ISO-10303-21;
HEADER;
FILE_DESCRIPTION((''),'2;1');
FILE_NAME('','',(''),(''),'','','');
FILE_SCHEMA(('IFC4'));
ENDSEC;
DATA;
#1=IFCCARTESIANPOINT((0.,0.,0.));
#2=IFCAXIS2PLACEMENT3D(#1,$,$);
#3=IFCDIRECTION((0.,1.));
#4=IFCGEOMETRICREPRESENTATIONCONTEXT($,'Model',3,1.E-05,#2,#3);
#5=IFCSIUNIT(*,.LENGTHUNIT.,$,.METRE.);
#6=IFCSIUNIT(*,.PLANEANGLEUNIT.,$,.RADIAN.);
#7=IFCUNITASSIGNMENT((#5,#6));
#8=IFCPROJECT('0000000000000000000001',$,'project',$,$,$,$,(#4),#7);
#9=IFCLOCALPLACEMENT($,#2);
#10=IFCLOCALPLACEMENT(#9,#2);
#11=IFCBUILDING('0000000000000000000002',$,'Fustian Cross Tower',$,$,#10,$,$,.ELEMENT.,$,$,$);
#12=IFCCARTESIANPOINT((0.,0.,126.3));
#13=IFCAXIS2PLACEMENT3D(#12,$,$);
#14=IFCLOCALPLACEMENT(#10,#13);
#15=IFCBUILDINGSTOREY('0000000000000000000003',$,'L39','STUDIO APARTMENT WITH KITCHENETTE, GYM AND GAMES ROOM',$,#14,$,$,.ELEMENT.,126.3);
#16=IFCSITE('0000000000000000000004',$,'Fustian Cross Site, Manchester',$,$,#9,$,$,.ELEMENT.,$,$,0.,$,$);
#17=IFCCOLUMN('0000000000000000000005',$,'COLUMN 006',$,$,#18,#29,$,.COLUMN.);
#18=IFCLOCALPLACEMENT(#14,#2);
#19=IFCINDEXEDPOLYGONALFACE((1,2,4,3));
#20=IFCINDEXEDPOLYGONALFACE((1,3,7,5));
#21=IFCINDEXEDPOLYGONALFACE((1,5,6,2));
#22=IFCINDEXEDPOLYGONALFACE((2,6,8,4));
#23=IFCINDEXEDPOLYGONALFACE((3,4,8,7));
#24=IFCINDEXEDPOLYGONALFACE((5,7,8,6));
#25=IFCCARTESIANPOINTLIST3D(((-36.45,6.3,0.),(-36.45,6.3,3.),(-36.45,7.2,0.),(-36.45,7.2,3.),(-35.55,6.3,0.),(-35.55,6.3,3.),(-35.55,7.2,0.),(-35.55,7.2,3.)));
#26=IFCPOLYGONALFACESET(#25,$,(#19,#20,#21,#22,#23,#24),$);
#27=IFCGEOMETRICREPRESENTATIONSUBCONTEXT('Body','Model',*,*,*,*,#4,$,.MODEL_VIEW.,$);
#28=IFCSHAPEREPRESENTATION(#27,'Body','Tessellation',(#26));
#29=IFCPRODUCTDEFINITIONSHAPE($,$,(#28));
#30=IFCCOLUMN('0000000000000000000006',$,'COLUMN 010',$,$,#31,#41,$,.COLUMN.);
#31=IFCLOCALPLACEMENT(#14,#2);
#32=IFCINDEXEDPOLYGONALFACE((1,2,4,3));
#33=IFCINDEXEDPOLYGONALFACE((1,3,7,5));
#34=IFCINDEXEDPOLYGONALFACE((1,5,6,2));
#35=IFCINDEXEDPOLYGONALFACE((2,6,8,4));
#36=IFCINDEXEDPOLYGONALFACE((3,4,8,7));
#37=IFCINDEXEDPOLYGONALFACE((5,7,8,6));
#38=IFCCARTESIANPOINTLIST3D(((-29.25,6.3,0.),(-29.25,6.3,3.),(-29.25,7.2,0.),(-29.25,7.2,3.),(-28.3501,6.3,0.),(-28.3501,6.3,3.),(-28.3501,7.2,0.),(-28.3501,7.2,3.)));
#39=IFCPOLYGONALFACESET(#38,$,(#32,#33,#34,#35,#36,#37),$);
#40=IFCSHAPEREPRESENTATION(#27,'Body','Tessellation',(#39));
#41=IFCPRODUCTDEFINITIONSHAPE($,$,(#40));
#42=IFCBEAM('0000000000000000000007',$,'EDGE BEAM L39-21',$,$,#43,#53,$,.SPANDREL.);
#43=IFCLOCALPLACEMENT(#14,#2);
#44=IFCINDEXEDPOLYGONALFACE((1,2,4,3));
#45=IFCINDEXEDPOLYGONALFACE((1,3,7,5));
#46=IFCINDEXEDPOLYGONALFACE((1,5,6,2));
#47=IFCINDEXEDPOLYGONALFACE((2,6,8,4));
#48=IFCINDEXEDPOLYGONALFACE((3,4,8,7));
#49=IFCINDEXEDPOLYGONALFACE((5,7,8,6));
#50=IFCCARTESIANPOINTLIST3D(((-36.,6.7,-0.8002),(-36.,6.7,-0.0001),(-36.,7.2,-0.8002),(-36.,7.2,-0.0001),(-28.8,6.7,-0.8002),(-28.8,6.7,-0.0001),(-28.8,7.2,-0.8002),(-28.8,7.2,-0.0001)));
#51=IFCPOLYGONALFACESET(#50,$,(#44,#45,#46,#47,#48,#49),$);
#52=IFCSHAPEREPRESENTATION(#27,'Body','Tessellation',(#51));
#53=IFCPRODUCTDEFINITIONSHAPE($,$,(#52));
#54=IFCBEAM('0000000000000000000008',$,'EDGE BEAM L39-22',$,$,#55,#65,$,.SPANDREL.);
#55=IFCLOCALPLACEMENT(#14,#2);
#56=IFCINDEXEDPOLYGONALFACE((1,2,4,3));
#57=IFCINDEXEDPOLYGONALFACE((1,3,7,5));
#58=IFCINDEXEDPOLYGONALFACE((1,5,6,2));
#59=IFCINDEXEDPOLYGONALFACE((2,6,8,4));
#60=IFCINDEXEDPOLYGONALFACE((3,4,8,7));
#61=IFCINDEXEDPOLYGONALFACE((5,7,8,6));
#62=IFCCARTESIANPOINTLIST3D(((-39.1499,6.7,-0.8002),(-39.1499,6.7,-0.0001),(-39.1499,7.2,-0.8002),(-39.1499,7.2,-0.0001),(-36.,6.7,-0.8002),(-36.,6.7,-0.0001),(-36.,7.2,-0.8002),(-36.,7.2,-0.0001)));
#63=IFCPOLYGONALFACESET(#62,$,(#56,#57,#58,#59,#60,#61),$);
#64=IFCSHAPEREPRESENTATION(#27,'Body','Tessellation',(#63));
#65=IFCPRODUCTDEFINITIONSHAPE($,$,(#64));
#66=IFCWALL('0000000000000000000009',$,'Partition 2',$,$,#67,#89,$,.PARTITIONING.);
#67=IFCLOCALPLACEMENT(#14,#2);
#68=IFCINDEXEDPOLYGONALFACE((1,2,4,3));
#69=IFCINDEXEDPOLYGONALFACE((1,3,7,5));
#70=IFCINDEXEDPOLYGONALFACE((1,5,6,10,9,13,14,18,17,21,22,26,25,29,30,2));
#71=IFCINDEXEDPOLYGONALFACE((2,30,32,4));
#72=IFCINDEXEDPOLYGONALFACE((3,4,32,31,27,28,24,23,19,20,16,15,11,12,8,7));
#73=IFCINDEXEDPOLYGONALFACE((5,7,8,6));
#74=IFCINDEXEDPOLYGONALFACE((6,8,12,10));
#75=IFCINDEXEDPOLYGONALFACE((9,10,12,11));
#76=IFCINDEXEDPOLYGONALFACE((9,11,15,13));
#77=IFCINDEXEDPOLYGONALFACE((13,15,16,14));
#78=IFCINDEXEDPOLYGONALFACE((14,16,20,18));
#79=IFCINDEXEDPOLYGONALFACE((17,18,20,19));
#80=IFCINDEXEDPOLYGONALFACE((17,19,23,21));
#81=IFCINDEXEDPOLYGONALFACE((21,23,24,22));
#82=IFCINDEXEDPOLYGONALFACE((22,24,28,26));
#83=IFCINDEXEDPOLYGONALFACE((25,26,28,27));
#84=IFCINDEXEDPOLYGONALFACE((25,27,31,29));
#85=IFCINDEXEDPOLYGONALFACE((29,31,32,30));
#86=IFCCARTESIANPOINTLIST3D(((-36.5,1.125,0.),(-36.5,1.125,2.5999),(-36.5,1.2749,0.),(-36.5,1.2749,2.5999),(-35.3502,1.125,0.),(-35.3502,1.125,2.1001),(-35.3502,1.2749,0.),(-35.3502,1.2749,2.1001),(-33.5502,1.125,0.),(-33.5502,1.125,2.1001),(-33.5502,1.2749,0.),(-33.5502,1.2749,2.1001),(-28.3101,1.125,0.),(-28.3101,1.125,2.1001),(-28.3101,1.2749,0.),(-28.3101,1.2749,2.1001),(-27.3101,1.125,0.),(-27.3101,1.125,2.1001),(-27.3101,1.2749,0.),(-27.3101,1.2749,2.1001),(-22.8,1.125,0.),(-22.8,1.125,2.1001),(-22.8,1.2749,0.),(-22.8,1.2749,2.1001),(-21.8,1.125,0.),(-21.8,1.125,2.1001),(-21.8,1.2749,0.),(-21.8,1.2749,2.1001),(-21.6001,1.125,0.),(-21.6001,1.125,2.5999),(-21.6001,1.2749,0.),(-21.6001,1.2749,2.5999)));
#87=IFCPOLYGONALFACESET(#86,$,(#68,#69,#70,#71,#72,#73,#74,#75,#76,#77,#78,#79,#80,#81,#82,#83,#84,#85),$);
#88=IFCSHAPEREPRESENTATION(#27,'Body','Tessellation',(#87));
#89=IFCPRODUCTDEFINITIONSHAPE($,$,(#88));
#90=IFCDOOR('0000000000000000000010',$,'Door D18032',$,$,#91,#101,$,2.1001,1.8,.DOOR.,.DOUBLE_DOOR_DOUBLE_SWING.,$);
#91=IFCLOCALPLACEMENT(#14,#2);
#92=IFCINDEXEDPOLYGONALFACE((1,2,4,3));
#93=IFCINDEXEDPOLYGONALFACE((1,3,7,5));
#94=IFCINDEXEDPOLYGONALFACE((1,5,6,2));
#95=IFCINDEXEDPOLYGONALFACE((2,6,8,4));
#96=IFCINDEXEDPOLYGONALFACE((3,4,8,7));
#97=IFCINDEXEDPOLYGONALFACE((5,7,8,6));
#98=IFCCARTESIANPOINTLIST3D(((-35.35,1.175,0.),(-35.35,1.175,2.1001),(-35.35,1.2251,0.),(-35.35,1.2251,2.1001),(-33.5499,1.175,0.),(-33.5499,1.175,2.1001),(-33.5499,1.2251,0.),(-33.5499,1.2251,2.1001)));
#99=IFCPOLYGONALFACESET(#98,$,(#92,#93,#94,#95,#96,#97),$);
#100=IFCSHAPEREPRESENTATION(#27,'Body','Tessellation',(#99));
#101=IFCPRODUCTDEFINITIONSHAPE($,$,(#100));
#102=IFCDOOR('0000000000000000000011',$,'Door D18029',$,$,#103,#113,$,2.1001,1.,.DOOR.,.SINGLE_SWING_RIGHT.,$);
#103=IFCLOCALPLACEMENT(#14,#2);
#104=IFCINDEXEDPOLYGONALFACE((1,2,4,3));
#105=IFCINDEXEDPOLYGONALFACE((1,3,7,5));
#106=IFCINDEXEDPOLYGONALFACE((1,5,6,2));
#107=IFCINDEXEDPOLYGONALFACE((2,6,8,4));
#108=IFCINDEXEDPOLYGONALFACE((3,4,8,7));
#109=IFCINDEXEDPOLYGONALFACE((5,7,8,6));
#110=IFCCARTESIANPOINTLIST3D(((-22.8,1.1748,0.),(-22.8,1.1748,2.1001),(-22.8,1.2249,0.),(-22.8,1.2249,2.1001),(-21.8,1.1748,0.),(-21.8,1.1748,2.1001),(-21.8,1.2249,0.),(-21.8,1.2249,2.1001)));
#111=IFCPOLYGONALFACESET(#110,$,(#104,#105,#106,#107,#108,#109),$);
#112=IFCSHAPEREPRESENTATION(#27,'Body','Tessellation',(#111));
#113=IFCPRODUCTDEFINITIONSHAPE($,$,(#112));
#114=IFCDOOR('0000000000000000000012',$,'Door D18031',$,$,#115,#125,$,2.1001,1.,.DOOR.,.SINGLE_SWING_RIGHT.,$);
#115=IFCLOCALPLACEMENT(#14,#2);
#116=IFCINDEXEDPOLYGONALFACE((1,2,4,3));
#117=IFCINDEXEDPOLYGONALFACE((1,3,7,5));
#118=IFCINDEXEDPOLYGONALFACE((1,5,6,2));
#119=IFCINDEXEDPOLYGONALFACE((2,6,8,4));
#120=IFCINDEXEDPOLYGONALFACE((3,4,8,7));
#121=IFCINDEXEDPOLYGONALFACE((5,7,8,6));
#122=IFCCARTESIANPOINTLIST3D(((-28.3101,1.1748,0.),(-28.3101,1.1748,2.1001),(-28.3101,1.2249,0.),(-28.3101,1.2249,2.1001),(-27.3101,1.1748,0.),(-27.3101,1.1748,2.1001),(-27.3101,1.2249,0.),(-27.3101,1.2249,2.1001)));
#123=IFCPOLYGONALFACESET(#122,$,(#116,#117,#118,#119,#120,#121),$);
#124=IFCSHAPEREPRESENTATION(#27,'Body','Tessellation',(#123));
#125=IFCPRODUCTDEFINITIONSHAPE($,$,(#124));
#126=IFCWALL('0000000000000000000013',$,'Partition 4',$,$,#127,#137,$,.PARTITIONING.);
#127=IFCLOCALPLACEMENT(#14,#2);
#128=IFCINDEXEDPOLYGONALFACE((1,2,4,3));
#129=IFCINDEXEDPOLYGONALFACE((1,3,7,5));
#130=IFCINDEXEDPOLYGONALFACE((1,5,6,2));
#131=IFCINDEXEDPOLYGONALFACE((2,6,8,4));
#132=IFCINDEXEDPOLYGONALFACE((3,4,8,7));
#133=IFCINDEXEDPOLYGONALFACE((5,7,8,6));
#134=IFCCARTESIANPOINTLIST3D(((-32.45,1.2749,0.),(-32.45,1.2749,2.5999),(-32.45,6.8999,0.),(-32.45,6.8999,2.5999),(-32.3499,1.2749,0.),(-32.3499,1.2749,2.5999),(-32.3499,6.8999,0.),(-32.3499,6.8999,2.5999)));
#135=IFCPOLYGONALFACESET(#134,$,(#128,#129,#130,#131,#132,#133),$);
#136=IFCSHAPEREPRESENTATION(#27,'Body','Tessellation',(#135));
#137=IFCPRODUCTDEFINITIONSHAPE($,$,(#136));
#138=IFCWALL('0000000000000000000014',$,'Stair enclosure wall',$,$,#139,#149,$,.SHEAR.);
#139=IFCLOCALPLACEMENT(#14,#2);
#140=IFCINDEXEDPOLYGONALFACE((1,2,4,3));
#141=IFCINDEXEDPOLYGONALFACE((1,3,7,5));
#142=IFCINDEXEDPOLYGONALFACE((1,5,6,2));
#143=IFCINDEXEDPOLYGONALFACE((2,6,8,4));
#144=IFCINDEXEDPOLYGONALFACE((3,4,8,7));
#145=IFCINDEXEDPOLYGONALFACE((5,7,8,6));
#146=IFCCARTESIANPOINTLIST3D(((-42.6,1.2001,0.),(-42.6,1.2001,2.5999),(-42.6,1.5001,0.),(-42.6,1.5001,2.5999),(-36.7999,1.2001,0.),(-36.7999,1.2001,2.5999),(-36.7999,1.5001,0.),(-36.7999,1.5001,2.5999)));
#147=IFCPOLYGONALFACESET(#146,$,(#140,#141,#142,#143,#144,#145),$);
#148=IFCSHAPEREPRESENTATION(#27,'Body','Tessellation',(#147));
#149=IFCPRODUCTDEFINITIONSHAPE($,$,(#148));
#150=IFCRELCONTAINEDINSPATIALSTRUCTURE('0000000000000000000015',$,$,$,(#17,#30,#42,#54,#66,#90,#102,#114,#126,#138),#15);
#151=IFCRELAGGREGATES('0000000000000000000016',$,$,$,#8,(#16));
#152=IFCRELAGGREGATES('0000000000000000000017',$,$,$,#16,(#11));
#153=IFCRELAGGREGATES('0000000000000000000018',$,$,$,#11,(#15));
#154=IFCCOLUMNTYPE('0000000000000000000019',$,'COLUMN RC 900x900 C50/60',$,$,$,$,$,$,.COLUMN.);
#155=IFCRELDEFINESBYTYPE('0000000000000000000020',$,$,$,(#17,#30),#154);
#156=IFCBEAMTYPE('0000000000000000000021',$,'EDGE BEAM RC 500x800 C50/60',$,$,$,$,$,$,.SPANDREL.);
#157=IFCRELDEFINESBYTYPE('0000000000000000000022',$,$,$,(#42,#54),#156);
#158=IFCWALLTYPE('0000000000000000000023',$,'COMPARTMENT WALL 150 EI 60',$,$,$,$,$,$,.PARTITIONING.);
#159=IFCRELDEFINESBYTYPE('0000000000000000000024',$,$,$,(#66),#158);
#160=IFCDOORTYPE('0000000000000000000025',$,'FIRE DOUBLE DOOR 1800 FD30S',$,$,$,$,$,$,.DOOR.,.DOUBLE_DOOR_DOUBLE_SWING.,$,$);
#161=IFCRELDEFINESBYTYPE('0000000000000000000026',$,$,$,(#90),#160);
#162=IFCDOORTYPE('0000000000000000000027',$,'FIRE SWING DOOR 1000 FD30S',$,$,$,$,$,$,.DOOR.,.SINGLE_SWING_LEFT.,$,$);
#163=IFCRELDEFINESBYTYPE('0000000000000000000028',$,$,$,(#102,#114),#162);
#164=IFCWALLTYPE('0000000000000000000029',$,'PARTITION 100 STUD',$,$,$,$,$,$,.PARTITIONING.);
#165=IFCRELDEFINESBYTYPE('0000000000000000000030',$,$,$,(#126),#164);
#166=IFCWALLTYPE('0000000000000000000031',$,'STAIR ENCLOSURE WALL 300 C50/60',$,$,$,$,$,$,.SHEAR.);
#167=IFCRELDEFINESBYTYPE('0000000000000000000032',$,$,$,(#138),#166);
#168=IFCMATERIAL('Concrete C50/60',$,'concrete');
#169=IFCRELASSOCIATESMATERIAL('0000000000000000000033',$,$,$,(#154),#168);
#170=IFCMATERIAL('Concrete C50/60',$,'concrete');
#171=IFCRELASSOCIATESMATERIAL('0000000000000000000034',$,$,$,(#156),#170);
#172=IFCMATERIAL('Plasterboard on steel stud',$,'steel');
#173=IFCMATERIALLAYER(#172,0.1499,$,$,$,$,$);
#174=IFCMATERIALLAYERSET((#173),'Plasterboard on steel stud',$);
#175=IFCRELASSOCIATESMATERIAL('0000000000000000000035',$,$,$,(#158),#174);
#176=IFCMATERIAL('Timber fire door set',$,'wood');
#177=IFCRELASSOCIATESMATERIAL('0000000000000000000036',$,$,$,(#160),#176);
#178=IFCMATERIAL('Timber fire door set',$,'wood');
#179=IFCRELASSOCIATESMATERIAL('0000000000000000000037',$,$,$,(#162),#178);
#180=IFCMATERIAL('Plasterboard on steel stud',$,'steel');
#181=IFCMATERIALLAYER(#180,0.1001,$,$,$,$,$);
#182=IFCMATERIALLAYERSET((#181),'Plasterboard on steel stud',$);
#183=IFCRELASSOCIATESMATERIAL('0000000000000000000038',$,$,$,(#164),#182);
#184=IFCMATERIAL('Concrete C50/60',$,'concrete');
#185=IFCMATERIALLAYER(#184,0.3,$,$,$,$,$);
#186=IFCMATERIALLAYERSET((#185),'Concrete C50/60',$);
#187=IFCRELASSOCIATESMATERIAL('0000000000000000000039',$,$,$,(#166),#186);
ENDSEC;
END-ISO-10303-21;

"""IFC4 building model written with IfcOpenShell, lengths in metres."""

from ifc_helpers import new_model, si_unit, direction, frame, frame_2d, origin, origin_2d, place, context, subcontext, project, spatial, rectangle, extrude, material, layer, layer_set, material_profile, profile_set, type_object, element, fill, save


model = new_model("IFC4")

# Units and contexts
model_context = context("Model", 3, precision=1e-05, world=origin(), true_north=direction((0.0, 1.0)))
body_context = subcontext(model_context, "Body", "Model", "MODEL_VIEW")
ifc_project = project(units=[si_unit("LENGTHUNIT", "METRE"), si_unit("PLANEANGLEUNIT", "RADIAN")], contexts=[model_context])

# Site, building, storey
site_placement = place(None, origin())
site = spatial("IfcSite", under=ifc_project, at=site_placement, Name="Fustian Cross Site, Manchester", CompositionType="ELEMENT", RefElevation=0.0)
building_placement = place(site_placement, origin())
building = spatial("IfcBuilding", under=site, at=building_placement, Name="Fustian Cross Tower", CompositionType="ELEMENT")
storey_placement = place(building_placement, frame((0.0, 0.0, 126.3)))
storey = spatial("IfcBuildingStorey", under=building, at=storey_placement, Name="L39", Description="STUDIO APARTMENT WITH KITCHENETTE, GYM AND GAMES ROOM", CompositionType="ELEMENT", Elevation=126.3)

# Columns
ifc_material_1 = material(Name="Concrete C50/60", Category="concrete")
ifc_material_profile_1 = material_profile(ifc_material_1, rectangle(XDim=0.8999, YDim=0.8999, at=origin_2d()), Name="RC 900x900")
ifc_profile_set_1 = profile_set([ifc_material_profile_1], Name="Concrete C50/60")
column_type = type_object("IfcColumnType", Name="COLUMN RC 900x900 C50/60", PredefinedType="COLUMN", material=ifc_profile_set_1)
for number, where, z_axis, x_axis, name in (
    (1, (-36.0, 6.75, 0.0), (0.0, 0.0, 1.0), (1.0, 0.0, 0.0), "COLUMN 006"),
    (2, (-28.8, 6.75, 0.0), (0.0, 0.0, 1.0), (1.0, 0.0, 0.0), "COLUMN 010"),
):
    element("IfcColumn", number, at=place(storey_placement, frame(where, z_axis=z_axis, x_axis=x_axis)), inside=storey, type_object=column_type, Name=name, PredefinedType="COLUMN", context=body_context, shape_type="SweptSolid", body=[
        extrude(rectangle(XDim=0.8999, YDim=0.8999, at=origin_2d()), origin(), (0.0, 0.0, 1.0), 3.0),
    ])

# Beams
ifc_material_2 = material(Name="Concrete C50/60", Category="concrete")
ifc_material_profile_2 = material_profile(ifc_material_2, rectangle(XDim=0.5, YDim=0.8, at=origin_2d()), Name="RC 500x800")
ifc_profile_set_2 = profile_set([ifc_material_profile_2], Name="Concrete C50/60")
beam_type = type_object("IfcBeamType", Name="EDGE BEAM RC 500x800 C50/60", PredefinedType="SPANDREL", material=ifc_profile_set_2)
beam_1_placement = place(storey_placement, frame((-28.8, 6.95, -0.4001), z_axis=(-1.0, 0.0, 0.0), x_axis=(0.0, -1.0, 0.0)))
element("IfcBeam", 3, at=beam_1_placement, inside=storey, type_object=beam_type, Name="EDGE BEAM L39-21", PredefinedType="SPANDREL", context=body_context, shape_type="SweptSolid", body=[
    extrude(rectangle(XDim=0.5, YDim=0.8, at=origin_2d()), origin(), (0.0, 0.0, 1.0), 7.2),
])
beam_2_placement = place(storey_placement, frame((-36.0, 6.95, -0.4001), z_axis=(-1.0, 0.0, 0.0), x_axis=(0.0, -1.0, 0.0)))
element("IfcBeam", 4, at=beam_2_placement, inside=storey, type_object=beam_type, Name="EDGE BEAM L39-22", PredefinedType="SPANDREL", context=body_context, shape_type="SweptSolid", body=[
    extrude(rectangle(XDim=0.5, YDim=0.8, at=origin_2d()), origin(), (0.0, 0.0, 1.0), 3.1499),
])

# Wall, openings, doors
ifc_material_3 = material(Name="Plasterboard on steel stud", Category="steel")
ifc_layer_1 = layer(ifc_material_3, 0.1499)
ifc_layer_set_1 = layer_set([ifc_layer_1], Name="Plasterboard on steel stud")
wall_type_1 = type_object("IfcWallType", Name="COMPARTMENT WALL 150 EI 60", PredefinedType="PARTITIONING", material=ifc_layer_set_1)
wall_1_placement = place(storey_placement, frame((-36.5, 1.2, 0.0), z_axis=(0.0, 0.0, 1.0), x_axis=(1.0, 0.0, 0.0)))
wall_1 = element("IfcWall", 5, at=wall_1_placement, inside=storey, type_object=wall_type_1, Name="Partition 2", PredefinedType="PARTITIONING", context=body_context, shape_type="SweptSolid", body=[
    extrude(rectangle(XDim=14.8999, YDim=0.1499, at=frame_2d((7.45, 0.0))), origin(), (0.0, 0.0, 1.0), 2.5999),
])
opening_1_placement = place(wall_1_placement, frame((13.7, 0.0, 0.0)))
opening_1 = element("IfcOpeningElement", 6, at=opening_1_placement, cuts=wall_1, PredefinedType="OPENING", context=body_context, shape_type="SweptSolid", body=[
    extrude(rectangle(XDim=1.0, YDim=2.1001, at=frame_2d((0.5, 1.05))), frame((0.0, 0.085, 0.0), z_axis=(0.0, -1.0, 0.0), x_axis=(1.0, 0.0, 0.0)), (0.0, 0.0, 1.0), 0.1699),
])
opening_2_placement = place(wall_1_placement, frame((8.1899, 0.0, 0.0)))
opening_2 = element("IfcOpeningElement", 7, at=opening_2_placement, cuts=wall_1, PredefinedType="OPENING", context=body_context, shape_type="SweptSolid", body=[
    extrude(rectangle(XDim=1.0, YDim=2.1001, at=frame_2d((0.5, 1.05))), frame((0.0, 0.085, 0.0), z_axis=(0.0, -1.0, 0.0), x_axis=(1.0, 0.0, 0.0)), (0.0, 0.0, 1.0), 0.1699),
])
opening_3_placement = place(wall_1_placement, frame((1.1499, 0.0, 0.0)))
opening_3 = element("IfcOpeningElement", 8, at=opening_3_placement, cuts=wall_1, PredefinedType="OPENING", context=body_context, shape_type="SweptSolid", body=[
    extrude(rectangle(XDim=1.8, YDim=2.1001, at=frame_2d((0.8999, 1.05))), frame((0.0, 0.085, 0.0), z_axis=(0.0, -1.0, 0.0), x_axis=(1.0, 0.0, 0.0)), (0.0, 0.0, 1.0), 0.1699),
])
ifc_material_4 = material(Name="Timber fire door set", Category="wood")
door_type_1 = type_object("IfcDoorType", Name="FIRE DOUBLE DOOR 1800 FD30S", OperationType="DOUBLE_DOOR_DOUBLE_SWING", PredefinedType="DOOR", material=ifc_material_4)
door_1_placement = place(opening_3_placement, frame((1.8, 0.0, 0.0), z_axis=(0.0, 0.0, 1.0), x_axis=(-1.0, 0.0, 0.0)))
door_1 = element("IfcDoor", 9, at=door_1_placement, inside=storey, type_object=door_type_1, Name="Door D18032", OperationType="DOUBLE_DOOR_DOUBLE_SWING", OverallHeight=2.1001, OverallWidth=1.8, PredefinedType="DOOR", context=body_context, shape_type="SweptSolid", body=[
    extrude(rectangle(XDim=1.8, YDim=2.1001, at=frame_2d((0.8999, 1.05))), frame((0.0, 0.0249, 0.0), z_axis=(0.0, -1.0, 0.0), x_axis=(1.0, 0.0, 0.0)), (0.0, 0.0, 1.0), 0.05),
])
fill(opening_3, door_1)
ifc_material_5 = material(Name="Timber fire door set", Category="wood")
door_type_2 = type_object("IfcDoorType", Name="FIRE SWING DOOR 1000 FD30S", OperationType="SINGLE_SWING_LEFT", PredefinedType="DOOR", material=ifc_material_5)
door_2_placement = place(opening_1_placement, origin())
door_2 = element("IfcDoor", 10, at=door_2_placement, inside=storey, type_object=door_type_2, Name="Door D18029", OperationType="SINGLE_SWING_RIGHT", OverallHeight=2.1001, OverallWidth=1.0, PredefinedType="DOOR", context=body_context, shape_type="SweptSolid", body=[
    extrude(rectangle(XDim=1.0, YDim=2.1001, at=frame_2d((0.5, 1.05))), frame((0.0, 0.0249, 0.0), z_axis=(0.0, -1.0, 0.0), x_axis=(1.0, 0.0, 0.0)), (0.0, 0.0, 1.0), 0.05),
])
fill(opening_1, door_2)
door_3_placement = place(opening_2_placement, origin())
door_3 = element("IfcDoor", 11, at=door_3_placement, inside=storey, type_object=door_type_2, Name="Door D18031", OperationType="SINGLE_SWING_RIGHT", OverallHeight=2.1001, OverallWidth=1.0, PredefinedType="DOOR", context=body_context, shape_type="SweptSolid", body=[
    extrude(rectangle(XDim=1.0, YDim=2.1001, at=frame_2d((0.5, 1.05))), frame((0.0, 0.0249, 0.0), z_axis=(0.0, -1.0, 0.0), x_axis=(1.0, 0.0, 0.0)), (0.0, 0.0, 1.0), 0.05),
])
fill(opening_2, door_3)

# Walls
ifc_material_6 = material(Name="Plasterboard on steel stud", Category="steel")
ifc_layer_2 = layer(ifc_material_6, 0.1001)
ifc_layer_set_2 = layer_set([ifc_layer_2], Name="Plasterboard on steel stud")
wall_type_2 = type_object("IfcWallType", Name="PARTITION 100 STUD", PredefinedType="PARTITIONING", material=ifc_layer_set_2)
wall_2_placement = place(storey_placement, frame((-32.3999, 1.2749, 0.0), z_axis=(0.0, 0.0, 1.0), x_axis=(0.0, 1.0, 0.0)))
element("IfcWall", 12, at=wall_2_placement, inside=storey, type_object=wall_type_2, Name="Partition 4", PredefinedType="PARTITIONING", context=body_context, shape_type="SweptSolid", body=[
    extrude(rectangle(XDim=5.625, YDim=0.1001, at=frame_2d((2.8125, 0.0))), origin(), (0.0, 0.0, 1.0), 2.5999),
])
ifc_material_7 = material(Name="Concrete C50/60", Category="concrete")
ifc_layer_3 = layer(ifc_material_7, 0.3)
ifc_layer_set_3 = layer_set([ifc_layer_3], Name="Concrete C50/60")
wall_type_3 = type_object("IfcWallType", Name="STAIR ENCLOSURE WALL 300 C50/60", PredefinedType="SHEAR", material=ifc_layer_set_3)
wall_3_placement = place(storey_placement, frame((-36.8, 1.3501, 0.0), z_axis=(0.0, 0.0, 1.0), x_axis=(-1.0, 0.0, 0.0)))
element("IfcWall", 13, at=wall_3_placement, inside=storey, type_object=wall_type_3, Name="Stair enclosure wall", PredefinedType="SHEAR", context=body_context, shape_type="SweptSolid", body=[
    extrude(rectangle(XDim=5.8, YDim=0.3, at=frame_2d((2.8999, 0.0))), origin(), (0.0, 0.0, 1.0), 2.5999),
])

save(model, "model.ifc")
